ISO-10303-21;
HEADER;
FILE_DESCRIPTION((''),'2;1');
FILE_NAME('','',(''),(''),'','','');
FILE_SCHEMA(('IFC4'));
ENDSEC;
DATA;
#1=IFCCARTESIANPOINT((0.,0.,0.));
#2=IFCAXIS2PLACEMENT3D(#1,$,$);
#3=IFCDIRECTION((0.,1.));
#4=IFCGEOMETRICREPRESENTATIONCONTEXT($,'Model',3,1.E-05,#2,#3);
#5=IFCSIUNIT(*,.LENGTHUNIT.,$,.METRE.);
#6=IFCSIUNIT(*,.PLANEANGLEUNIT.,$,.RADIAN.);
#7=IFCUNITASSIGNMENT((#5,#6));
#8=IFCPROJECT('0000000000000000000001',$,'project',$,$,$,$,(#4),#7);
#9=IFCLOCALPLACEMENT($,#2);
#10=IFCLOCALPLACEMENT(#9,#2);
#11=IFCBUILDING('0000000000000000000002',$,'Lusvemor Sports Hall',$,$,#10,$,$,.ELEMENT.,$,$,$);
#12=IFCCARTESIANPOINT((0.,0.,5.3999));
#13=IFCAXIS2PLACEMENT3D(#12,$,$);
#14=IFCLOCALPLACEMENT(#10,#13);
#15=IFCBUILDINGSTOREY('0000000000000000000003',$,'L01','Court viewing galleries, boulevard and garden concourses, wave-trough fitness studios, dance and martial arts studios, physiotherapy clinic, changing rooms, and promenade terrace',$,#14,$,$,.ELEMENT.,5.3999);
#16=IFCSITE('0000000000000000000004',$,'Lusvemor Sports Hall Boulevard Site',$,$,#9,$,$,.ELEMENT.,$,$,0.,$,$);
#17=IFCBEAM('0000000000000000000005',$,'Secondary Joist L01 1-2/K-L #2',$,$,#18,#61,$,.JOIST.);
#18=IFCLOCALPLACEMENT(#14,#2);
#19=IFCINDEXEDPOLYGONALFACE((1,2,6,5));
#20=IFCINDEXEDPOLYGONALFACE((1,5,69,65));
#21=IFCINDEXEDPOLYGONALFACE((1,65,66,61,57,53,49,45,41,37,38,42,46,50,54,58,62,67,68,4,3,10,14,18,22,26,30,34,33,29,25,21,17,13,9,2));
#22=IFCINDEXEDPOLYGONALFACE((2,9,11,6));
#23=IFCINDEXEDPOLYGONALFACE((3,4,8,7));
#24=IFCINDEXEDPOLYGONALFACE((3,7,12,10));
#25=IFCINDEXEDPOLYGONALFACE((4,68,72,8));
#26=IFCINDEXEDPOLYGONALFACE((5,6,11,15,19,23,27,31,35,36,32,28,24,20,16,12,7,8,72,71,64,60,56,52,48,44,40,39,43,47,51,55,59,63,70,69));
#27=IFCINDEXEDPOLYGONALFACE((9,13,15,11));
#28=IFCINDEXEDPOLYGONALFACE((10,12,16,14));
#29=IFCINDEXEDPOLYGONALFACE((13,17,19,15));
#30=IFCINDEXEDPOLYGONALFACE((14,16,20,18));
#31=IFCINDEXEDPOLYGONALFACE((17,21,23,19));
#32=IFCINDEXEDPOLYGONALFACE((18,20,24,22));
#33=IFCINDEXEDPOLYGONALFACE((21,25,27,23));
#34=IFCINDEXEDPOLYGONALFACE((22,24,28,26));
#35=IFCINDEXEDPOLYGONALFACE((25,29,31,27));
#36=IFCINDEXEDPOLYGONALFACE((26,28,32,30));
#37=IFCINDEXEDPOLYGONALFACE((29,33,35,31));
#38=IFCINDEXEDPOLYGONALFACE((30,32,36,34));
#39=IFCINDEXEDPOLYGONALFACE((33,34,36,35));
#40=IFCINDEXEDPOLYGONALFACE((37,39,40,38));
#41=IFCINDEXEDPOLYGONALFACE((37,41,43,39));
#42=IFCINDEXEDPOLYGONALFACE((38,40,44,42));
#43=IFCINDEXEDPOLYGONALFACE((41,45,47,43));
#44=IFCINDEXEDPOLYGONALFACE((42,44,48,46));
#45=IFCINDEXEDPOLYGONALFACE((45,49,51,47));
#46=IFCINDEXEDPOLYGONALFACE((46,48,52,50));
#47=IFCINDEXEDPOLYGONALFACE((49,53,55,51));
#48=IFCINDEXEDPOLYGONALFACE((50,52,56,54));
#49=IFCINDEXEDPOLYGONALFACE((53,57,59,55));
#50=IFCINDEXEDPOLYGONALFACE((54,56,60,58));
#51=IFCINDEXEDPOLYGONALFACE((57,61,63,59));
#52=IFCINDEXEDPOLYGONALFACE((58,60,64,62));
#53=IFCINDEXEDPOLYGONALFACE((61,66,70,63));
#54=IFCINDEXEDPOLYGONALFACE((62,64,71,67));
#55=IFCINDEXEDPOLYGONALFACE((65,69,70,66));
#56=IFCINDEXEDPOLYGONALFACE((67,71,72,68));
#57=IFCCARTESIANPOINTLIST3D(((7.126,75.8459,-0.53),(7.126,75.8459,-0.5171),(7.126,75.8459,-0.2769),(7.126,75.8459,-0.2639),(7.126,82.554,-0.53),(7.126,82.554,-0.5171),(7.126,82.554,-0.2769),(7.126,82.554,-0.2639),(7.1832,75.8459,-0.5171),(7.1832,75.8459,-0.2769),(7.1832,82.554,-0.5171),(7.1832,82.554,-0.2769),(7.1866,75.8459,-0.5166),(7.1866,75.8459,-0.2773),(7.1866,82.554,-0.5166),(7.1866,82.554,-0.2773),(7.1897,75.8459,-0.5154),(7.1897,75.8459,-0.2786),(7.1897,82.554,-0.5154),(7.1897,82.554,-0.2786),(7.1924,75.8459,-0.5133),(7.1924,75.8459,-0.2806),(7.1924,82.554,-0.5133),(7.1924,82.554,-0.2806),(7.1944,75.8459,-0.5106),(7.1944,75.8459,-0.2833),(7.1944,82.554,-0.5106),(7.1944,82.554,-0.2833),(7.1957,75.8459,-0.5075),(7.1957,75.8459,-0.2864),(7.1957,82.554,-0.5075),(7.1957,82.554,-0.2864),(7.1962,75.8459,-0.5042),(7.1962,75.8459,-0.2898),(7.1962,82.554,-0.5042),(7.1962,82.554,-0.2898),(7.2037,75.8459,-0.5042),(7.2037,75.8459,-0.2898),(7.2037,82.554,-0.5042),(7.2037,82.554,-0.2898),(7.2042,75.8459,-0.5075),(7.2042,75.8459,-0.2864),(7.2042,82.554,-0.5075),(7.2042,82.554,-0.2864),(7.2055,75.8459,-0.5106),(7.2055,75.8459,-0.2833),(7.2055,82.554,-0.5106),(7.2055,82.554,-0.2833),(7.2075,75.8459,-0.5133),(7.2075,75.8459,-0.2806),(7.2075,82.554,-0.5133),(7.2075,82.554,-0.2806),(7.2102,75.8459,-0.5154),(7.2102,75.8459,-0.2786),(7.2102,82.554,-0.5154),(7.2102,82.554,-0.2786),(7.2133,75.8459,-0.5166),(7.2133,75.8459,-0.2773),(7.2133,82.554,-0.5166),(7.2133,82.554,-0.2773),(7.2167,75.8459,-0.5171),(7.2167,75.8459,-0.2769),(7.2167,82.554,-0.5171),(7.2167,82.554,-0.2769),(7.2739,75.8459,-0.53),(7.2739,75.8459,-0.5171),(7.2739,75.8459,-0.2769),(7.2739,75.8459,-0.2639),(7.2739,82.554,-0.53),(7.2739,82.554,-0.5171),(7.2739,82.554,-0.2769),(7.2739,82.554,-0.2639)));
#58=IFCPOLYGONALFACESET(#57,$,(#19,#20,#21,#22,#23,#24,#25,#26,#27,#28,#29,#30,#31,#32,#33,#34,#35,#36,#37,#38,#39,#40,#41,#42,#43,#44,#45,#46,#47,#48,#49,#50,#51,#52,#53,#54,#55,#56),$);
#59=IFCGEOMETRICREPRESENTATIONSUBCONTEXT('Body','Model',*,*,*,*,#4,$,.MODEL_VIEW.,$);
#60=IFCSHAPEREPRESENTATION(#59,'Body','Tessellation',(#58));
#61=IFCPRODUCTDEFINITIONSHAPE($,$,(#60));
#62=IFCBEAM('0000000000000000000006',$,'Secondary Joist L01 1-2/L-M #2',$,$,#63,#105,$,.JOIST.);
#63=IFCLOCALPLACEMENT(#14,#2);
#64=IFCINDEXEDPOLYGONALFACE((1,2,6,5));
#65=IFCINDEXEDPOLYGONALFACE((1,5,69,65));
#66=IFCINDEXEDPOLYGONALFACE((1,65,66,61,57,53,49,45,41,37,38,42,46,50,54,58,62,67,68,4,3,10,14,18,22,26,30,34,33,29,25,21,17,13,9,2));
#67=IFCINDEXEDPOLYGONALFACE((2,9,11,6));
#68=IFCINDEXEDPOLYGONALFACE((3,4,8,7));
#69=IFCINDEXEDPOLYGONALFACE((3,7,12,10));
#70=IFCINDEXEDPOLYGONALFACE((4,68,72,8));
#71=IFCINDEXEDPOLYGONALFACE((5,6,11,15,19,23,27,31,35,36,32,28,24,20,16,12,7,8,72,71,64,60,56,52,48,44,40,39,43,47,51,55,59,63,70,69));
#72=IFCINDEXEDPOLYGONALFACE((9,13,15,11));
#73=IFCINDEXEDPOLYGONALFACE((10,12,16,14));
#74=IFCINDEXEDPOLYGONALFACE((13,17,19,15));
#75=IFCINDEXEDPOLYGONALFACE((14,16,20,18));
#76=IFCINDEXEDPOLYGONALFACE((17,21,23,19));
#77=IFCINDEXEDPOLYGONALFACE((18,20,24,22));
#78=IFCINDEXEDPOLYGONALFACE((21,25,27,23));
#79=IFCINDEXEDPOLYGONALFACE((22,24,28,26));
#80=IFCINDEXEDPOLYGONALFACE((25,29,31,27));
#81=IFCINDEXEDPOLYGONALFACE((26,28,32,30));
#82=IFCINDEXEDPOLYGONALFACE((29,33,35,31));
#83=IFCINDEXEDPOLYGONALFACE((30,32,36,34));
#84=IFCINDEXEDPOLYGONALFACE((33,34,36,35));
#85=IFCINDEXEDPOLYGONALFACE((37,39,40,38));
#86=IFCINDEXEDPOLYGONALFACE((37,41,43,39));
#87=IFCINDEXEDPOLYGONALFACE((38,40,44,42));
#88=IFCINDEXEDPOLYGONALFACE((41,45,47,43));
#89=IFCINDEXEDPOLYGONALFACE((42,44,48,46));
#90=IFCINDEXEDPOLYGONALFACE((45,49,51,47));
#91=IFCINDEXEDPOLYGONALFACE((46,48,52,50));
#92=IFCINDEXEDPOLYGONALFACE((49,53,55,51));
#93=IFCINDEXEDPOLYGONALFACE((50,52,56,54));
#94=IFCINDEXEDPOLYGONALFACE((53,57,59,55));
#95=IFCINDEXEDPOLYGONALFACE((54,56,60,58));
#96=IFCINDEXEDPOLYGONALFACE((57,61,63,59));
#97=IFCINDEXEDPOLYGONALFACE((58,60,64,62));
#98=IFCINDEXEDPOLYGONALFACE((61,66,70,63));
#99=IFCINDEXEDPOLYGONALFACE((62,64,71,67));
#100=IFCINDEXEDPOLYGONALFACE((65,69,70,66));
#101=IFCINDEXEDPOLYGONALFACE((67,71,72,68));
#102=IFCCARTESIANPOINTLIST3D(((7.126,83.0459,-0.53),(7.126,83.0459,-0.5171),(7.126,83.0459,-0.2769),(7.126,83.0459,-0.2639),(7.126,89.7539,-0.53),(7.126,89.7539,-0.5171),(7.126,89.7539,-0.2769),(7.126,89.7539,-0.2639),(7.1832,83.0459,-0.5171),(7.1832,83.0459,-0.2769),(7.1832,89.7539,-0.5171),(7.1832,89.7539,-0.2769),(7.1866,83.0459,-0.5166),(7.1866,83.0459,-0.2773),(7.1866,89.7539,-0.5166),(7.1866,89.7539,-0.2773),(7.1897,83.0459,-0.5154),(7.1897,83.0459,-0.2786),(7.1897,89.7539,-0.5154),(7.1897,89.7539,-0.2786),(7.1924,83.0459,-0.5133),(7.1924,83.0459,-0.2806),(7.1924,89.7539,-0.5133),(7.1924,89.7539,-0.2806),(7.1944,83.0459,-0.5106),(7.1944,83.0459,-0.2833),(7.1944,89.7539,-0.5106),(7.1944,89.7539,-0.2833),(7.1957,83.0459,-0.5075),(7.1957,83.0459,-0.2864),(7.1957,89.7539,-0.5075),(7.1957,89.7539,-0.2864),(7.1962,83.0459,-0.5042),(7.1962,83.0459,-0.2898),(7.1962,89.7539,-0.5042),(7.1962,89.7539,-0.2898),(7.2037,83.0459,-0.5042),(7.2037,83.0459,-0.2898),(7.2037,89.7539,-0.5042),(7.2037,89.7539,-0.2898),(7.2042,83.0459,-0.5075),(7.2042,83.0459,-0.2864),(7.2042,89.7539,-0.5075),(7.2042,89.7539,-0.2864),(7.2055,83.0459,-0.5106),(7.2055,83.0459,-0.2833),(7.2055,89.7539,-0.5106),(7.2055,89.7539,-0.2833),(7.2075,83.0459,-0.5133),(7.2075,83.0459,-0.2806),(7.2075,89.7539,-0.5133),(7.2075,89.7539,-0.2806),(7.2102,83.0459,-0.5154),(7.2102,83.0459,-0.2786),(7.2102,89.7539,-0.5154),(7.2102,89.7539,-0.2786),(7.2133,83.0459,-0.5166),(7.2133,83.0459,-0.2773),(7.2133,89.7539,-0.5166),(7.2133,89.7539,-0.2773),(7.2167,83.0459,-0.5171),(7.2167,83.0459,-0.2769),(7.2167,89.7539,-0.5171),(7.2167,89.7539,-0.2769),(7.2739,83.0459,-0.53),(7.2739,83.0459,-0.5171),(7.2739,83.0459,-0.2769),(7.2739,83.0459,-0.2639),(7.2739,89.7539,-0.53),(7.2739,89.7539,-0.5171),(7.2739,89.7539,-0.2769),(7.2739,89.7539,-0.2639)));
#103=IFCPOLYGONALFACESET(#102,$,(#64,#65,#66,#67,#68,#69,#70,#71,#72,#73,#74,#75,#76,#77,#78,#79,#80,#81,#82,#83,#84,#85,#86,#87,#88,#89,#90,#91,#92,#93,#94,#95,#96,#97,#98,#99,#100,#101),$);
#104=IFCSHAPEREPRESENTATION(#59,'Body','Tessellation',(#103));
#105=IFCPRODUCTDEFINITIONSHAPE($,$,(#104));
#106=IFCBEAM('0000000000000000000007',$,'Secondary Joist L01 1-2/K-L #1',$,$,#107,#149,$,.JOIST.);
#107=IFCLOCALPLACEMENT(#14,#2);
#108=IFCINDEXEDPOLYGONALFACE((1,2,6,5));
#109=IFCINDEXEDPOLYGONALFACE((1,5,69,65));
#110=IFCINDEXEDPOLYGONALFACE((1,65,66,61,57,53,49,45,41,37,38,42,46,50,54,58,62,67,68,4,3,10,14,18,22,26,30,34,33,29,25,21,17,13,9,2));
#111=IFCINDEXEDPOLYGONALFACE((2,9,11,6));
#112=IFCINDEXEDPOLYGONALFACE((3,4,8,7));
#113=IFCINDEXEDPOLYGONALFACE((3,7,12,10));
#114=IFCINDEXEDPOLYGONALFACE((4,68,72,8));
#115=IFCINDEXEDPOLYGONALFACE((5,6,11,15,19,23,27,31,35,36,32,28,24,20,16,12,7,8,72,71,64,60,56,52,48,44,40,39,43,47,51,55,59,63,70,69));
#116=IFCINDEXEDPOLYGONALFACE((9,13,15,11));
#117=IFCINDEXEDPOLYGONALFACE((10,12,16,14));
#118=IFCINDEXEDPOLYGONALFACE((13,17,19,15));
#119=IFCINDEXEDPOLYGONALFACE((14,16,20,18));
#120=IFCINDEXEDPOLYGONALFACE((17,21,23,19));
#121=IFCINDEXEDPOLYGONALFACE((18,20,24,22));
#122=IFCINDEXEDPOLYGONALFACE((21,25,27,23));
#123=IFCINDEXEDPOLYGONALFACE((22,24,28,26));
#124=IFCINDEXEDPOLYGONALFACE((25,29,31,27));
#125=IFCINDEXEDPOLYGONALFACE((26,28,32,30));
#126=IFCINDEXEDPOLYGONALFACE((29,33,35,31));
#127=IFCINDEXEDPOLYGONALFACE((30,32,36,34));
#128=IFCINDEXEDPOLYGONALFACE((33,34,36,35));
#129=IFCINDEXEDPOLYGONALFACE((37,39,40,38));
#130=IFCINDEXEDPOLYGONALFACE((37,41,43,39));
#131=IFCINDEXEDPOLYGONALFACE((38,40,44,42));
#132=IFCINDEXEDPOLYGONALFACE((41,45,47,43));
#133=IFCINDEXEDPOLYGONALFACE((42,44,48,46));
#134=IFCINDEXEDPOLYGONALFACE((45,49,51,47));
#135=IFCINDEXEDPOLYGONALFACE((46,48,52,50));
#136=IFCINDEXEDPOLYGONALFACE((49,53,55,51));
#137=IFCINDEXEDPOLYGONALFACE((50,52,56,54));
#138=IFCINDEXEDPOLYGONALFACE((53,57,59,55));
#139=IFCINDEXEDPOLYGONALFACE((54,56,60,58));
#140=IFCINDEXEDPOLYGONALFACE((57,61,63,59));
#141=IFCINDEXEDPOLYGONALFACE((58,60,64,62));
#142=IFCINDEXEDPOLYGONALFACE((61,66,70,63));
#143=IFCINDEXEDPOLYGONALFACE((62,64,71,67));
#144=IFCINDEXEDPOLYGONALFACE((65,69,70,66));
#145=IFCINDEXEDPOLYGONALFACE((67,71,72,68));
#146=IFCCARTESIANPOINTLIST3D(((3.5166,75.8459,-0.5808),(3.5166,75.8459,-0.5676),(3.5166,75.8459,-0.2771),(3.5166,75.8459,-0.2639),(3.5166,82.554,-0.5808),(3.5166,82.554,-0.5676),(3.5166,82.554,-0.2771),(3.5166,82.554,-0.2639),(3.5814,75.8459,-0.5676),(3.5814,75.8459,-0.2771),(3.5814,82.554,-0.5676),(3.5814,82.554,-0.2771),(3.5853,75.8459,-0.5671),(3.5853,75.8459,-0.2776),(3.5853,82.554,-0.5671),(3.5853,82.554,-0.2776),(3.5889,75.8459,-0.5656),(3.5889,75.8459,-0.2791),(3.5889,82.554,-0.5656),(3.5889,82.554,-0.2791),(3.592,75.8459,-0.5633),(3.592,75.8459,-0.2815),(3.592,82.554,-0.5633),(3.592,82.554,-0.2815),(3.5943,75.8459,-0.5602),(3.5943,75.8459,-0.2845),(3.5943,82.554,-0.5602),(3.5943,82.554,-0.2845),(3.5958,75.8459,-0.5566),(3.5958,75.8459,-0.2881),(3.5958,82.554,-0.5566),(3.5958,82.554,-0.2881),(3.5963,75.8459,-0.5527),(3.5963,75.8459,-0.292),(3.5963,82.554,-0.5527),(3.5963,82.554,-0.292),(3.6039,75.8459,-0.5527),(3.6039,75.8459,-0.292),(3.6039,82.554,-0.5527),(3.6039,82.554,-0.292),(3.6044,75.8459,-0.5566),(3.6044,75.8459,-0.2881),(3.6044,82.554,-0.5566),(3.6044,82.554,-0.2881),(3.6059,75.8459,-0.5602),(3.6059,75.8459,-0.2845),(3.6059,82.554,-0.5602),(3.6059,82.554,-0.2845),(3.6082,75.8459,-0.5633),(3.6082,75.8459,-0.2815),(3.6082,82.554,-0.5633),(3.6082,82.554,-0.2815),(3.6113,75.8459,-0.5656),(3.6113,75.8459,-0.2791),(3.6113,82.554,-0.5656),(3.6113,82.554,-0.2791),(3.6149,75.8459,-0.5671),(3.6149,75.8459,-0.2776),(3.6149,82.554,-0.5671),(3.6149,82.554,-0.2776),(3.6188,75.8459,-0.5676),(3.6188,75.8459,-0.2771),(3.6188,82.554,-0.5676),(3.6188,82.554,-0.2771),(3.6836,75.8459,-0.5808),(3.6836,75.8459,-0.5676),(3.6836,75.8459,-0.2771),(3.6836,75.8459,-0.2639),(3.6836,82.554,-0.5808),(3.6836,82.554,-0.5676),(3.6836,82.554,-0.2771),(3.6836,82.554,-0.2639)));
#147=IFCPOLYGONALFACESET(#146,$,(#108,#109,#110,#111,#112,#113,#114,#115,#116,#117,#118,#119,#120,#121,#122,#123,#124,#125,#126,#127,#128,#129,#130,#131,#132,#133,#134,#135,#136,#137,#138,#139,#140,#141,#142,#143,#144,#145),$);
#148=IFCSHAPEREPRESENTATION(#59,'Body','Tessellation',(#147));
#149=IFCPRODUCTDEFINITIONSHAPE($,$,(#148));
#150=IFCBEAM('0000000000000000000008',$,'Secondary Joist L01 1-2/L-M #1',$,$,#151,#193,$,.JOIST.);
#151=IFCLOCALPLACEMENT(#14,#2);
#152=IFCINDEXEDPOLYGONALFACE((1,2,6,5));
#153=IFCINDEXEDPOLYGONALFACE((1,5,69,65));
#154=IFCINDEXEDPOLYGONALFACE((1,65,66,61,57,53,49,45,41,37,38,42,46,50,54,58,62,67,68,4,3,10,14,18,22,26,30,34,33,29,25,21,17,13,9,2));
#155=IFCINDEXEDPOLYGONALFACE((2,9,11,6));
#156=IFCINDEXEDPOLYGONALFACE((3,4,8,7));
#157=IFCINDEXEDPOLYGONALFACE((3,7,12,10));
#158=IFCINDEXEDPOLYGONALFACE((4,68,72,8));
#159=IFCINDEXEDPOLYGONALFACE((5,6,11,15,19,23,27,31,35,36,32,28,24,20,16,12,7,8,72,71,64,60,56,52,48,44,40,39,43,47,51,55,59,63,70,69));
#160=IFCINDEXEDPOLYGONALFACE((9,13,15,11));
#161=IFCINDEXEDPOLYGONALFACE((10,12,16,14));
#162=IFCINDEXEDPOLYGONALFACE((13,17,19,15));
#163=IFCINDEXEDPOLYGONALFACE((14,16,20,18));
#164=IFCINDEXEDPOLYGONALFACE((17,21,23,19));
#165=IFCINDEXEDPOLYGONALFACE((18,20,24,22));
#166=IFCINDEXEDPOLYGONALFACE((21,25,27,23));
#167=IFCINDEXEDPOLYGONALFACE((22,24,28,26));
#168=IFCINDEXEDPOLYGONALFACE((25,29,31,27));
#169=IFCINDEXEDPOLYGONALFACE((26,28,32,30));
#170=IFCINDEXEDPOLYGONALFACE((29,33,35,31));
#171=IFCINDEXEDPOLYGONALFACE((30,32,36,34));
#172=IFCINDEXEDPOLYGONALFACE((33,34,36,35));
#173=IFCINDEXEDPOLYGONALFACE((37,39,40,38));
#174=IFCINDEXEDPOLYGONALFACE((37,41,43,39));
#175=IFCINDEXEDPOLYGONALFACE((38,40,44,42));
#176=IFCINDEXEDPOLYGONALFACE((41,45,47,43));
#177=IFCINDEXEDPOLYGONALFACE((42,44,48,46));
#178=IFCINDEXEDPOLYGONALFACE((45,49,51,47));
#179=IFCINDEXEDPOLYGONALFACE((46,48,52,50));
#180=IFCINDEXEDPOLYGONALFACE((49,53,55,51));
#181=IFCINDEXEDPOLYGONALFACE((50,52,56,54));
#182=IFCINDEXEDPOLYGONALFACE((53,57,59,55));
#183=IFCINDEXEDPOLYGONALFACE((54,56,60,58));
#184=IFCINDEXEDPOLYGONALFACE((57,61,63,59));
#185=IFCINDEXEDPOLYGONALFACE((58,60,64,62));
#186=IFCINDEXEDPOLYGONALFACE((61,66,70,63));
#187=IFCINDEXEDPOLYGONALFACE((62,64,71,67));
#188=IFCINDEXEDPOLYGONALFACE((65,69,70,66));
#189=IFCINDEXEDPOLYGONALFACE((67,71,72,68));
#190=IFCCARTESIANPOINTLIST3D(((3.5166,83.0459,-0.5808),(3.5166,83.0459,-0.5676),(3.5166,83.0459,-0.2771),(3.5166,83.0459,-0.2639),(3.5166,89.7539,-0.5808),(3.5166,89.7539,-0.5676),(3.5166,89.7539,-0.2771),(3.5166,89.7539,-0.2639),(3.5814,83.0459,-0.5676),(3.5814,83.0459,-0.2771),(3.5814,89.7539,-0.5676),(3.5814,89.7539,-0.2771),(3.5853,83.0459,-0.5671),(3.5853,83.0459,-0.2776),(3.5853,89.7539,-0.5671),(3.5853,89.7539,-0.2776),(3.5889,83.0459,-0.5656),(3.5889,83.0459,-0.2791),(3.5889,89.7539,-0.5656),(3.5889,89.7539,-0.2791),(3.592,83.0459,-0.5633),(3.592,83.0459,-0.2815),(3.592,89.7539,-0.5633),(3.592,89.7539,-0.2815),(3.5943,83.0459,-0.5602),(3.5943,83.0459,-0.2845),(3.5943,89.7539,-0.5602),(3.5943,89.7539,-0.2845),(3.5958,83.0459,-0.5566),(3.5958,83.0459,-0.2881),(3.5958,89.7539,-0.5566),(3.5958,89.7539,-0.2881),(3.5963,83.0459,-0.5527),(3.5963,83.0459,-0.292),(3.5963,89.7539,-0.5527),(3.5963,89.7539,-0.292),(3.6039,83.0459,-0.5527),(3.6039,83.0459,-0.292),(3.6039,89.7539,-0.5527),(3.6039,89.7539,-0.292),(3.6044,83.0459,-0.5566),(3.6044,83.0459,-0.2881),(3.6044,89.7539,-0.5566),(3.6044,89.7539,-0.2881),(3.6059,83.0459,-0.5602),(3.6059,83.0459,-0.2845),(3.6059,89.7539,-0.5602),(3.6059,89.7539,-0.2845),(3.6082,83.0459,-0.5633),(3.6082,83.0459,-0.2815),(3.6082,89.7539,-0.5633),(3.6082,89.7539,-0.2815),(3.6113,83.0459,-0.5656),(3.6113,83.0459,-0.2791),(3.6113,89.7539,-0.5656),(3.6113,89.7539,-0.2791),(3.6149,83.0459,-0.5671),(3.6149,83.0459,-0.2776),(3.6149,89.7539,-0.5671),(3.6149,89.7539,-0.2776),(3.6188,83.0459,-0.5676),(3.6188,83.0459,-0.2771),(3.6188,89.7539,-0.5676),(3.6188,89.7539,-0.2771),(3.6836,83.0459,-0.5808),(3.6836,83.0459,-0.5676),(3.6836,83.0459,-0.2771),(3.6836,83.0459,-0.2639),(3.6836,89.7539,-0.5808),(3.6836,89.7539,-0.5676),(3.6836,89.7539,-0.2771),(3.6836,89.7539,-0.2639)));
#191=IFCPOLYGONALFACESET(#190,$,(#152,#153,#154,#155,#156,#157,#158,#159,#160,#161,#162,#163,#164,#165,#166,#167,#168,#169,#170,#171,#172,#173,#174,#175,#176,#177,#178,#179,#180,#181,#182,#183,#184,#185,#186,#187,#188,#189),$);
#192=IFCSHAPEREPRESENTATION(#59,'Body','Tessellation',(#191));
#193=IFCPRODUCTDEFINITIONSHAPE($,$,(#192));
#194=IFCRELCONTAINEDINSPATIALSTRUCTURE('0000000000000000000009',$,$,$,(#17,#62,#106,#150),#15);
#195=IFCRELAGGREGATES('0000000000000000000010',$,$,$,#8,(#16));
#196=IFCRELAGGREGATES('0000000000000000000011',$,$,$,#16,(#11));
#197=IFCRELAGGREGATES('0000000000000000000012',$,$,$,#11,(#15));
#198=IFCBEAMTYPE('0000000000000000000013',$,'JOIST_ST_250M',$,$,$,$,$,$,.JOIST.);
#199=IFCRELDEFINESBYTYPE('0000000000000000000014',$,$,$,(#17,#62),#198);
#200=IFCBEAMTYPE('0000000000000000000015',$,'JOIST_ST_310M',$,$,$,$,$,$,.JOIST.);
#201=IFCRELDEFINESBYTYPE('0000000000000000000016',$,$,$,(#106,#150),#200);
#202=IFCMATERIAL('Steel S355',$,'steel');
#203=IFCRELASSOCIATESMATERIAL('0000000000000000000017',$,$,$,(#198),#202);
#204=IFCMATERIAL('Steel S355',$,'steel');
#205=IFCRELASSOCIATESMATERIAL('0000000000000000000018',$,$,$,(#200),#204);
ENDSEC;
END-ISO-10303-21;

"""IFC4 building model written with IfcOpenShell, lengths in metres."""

from ifc_helpers import new_model, si_unit, direction, frame, origin, origin_2d, place, context, subcontext, project, spatial, i_section, extrude, material, material_profile, profile_set, type_object, element, save


model = new_model("IFC4")

# Units and contexts
model_context = context("Model", 3, precision=1e-05, world=origin(), true_north=direction((0.0, 1.0)))
body_context = subcontext(model_context, "Body", "Model", "MODEL_VIEW")
ifc_project = project(units=[si_unit("LENGTHUNIT", "METRE"), si_unit("PLANEANGLEUNIT", "RADIAN")], contexts=[model_context])

# Site, building, storey
site_placement = place(None, origin())
site = spatial("IfcSite", under=ifc_project, at=site_placement, Name="Lusvemor Sports Hall Boulevard Site", CompositionType="ELEMENT", RefElevation=0.0)
building_placement = place(site_placement, origin())
building = spatial("IfcBuilding", under=site, at=building_placement, Name="Lusvemor Sports Hall", CompositionType="ELEMENT")
storey_placement = place(building_placement, frame((0.0, 0.0, 5.3999)))
storey = spatial("IfcBuildingStorey", under=building, at=storey_placement, Name="L01", Description="Court viewing galleries, boulevard and garden concourses, wave-trough fitness studios, dance and martial arts studios, physiotherapy clinic, changing rooms, and promenade terrace", CompositionType="ELEMENT", Elevation=5.3999)

# Beams
ifc_material_1 = material(Name="Steel S355", Category="steel")
ifc_material_profile_1 = material_profile(ifc_material_1, i_section(OverallWidth=0.1479, OverallDepth=0.2661, WebThickness=0.0076, FlangeThickness=0.0129, FilletRadius=0.0129, at=origin_2d()), Name="W250x44.8")
ifc_profile_set_1 = profile_set([ifc_material_profile_1], Name="Steel S355")
beam_type_1 = type_object("IfcBeamType", Name="JOIST_ST_250M", PredefinedType="JOIST", material=ifc_profile_set_1)
for number, where, z_axis, x_axis, name in (
    (1, (7.2, 75.8459, -0.397), (0.0, 1.0, 0.0), (-1.0, 0.0, 0.0), "Secondary Joist L01 1-2/K-L #2"),
    (2, (7.2, 83.0459, -0.397), (0.0, 1.0, 0.0), (-1.0, 0.0, 0.0), "Secondary Joist L01 1-2/L-M #2"),
):
    element("IfcBeam", number, at=place(storey_placement, frame(where, z_axis=z_axis, x_axis=x_axis)), inside=storey, type_object=beam_type_1, Name=name, PredefinedType="JOIST", context=body_context, shape_type="SweptSolid", body=[
        extrude(i_section(OverallWidth=0.1479, OverallDepth=0.2661, WebThickness=0.0076, FlangeThickness=0.0129, FilletRadius=0.0129, at=origin_2d()), origin(), (0.0, 0.0, 1.0), 6.708),
    ])
ifc_material_2 = material(Name="Steel S355", Category="steel")
ifc_material_profile_2 = material_profile(ifc_material_2, i_section(OverallWidth=0.167, OverallDepth=0.3169, WebThickness=0.0076, FlangeThickness=0.0132, FilletRadius=0.0149, at=origin_2d()), Name="W310x52.0")
ifc_profile_set_2 = profile_set([ifc_material_profile_2], Name="Steel S355")
beam_type_2 = type_object("IfcBeamType", Name="JOIST_ST_310M", PredefinedType="JOIST", material=ifc_profile_set_2)
for number, where, z_axis, x_axis, name in (
    (3, (3.6001, 75.8459, -0.4224), (0.0, 1.0, 0.0), (-1.0, 0.0, 0.0), "Secondary Joist L01 1-2/K-L #1"),
    (4, (3.6001, 83.0459, -0.4224), (0.0, 1.0, 0.0), (-1.0, 0.0, 0.0), "Secondary Joist L01 1-2/L-M #1"),
):
    element("IfcBeam", number, at=place(storey_placement, frame(where, z_axis=z_axis, x_axis=x_axis)), inside=storey, type_object=beam_type_2, Name=name, PredefinedType="JOIST", context=body_context, shape_type="SweptSolid", body=[
        extrude(i_section(OverallWidth=0.167, OverallDepth=0.3169, WebThickness=0.0076, FlangeThickness=0.0132, FilletRadius=0.0149, at=origin_2d()), origin(), (0.0, 0.0, 1.0), 6.708),
    ])

save(model, "model.ifc")
